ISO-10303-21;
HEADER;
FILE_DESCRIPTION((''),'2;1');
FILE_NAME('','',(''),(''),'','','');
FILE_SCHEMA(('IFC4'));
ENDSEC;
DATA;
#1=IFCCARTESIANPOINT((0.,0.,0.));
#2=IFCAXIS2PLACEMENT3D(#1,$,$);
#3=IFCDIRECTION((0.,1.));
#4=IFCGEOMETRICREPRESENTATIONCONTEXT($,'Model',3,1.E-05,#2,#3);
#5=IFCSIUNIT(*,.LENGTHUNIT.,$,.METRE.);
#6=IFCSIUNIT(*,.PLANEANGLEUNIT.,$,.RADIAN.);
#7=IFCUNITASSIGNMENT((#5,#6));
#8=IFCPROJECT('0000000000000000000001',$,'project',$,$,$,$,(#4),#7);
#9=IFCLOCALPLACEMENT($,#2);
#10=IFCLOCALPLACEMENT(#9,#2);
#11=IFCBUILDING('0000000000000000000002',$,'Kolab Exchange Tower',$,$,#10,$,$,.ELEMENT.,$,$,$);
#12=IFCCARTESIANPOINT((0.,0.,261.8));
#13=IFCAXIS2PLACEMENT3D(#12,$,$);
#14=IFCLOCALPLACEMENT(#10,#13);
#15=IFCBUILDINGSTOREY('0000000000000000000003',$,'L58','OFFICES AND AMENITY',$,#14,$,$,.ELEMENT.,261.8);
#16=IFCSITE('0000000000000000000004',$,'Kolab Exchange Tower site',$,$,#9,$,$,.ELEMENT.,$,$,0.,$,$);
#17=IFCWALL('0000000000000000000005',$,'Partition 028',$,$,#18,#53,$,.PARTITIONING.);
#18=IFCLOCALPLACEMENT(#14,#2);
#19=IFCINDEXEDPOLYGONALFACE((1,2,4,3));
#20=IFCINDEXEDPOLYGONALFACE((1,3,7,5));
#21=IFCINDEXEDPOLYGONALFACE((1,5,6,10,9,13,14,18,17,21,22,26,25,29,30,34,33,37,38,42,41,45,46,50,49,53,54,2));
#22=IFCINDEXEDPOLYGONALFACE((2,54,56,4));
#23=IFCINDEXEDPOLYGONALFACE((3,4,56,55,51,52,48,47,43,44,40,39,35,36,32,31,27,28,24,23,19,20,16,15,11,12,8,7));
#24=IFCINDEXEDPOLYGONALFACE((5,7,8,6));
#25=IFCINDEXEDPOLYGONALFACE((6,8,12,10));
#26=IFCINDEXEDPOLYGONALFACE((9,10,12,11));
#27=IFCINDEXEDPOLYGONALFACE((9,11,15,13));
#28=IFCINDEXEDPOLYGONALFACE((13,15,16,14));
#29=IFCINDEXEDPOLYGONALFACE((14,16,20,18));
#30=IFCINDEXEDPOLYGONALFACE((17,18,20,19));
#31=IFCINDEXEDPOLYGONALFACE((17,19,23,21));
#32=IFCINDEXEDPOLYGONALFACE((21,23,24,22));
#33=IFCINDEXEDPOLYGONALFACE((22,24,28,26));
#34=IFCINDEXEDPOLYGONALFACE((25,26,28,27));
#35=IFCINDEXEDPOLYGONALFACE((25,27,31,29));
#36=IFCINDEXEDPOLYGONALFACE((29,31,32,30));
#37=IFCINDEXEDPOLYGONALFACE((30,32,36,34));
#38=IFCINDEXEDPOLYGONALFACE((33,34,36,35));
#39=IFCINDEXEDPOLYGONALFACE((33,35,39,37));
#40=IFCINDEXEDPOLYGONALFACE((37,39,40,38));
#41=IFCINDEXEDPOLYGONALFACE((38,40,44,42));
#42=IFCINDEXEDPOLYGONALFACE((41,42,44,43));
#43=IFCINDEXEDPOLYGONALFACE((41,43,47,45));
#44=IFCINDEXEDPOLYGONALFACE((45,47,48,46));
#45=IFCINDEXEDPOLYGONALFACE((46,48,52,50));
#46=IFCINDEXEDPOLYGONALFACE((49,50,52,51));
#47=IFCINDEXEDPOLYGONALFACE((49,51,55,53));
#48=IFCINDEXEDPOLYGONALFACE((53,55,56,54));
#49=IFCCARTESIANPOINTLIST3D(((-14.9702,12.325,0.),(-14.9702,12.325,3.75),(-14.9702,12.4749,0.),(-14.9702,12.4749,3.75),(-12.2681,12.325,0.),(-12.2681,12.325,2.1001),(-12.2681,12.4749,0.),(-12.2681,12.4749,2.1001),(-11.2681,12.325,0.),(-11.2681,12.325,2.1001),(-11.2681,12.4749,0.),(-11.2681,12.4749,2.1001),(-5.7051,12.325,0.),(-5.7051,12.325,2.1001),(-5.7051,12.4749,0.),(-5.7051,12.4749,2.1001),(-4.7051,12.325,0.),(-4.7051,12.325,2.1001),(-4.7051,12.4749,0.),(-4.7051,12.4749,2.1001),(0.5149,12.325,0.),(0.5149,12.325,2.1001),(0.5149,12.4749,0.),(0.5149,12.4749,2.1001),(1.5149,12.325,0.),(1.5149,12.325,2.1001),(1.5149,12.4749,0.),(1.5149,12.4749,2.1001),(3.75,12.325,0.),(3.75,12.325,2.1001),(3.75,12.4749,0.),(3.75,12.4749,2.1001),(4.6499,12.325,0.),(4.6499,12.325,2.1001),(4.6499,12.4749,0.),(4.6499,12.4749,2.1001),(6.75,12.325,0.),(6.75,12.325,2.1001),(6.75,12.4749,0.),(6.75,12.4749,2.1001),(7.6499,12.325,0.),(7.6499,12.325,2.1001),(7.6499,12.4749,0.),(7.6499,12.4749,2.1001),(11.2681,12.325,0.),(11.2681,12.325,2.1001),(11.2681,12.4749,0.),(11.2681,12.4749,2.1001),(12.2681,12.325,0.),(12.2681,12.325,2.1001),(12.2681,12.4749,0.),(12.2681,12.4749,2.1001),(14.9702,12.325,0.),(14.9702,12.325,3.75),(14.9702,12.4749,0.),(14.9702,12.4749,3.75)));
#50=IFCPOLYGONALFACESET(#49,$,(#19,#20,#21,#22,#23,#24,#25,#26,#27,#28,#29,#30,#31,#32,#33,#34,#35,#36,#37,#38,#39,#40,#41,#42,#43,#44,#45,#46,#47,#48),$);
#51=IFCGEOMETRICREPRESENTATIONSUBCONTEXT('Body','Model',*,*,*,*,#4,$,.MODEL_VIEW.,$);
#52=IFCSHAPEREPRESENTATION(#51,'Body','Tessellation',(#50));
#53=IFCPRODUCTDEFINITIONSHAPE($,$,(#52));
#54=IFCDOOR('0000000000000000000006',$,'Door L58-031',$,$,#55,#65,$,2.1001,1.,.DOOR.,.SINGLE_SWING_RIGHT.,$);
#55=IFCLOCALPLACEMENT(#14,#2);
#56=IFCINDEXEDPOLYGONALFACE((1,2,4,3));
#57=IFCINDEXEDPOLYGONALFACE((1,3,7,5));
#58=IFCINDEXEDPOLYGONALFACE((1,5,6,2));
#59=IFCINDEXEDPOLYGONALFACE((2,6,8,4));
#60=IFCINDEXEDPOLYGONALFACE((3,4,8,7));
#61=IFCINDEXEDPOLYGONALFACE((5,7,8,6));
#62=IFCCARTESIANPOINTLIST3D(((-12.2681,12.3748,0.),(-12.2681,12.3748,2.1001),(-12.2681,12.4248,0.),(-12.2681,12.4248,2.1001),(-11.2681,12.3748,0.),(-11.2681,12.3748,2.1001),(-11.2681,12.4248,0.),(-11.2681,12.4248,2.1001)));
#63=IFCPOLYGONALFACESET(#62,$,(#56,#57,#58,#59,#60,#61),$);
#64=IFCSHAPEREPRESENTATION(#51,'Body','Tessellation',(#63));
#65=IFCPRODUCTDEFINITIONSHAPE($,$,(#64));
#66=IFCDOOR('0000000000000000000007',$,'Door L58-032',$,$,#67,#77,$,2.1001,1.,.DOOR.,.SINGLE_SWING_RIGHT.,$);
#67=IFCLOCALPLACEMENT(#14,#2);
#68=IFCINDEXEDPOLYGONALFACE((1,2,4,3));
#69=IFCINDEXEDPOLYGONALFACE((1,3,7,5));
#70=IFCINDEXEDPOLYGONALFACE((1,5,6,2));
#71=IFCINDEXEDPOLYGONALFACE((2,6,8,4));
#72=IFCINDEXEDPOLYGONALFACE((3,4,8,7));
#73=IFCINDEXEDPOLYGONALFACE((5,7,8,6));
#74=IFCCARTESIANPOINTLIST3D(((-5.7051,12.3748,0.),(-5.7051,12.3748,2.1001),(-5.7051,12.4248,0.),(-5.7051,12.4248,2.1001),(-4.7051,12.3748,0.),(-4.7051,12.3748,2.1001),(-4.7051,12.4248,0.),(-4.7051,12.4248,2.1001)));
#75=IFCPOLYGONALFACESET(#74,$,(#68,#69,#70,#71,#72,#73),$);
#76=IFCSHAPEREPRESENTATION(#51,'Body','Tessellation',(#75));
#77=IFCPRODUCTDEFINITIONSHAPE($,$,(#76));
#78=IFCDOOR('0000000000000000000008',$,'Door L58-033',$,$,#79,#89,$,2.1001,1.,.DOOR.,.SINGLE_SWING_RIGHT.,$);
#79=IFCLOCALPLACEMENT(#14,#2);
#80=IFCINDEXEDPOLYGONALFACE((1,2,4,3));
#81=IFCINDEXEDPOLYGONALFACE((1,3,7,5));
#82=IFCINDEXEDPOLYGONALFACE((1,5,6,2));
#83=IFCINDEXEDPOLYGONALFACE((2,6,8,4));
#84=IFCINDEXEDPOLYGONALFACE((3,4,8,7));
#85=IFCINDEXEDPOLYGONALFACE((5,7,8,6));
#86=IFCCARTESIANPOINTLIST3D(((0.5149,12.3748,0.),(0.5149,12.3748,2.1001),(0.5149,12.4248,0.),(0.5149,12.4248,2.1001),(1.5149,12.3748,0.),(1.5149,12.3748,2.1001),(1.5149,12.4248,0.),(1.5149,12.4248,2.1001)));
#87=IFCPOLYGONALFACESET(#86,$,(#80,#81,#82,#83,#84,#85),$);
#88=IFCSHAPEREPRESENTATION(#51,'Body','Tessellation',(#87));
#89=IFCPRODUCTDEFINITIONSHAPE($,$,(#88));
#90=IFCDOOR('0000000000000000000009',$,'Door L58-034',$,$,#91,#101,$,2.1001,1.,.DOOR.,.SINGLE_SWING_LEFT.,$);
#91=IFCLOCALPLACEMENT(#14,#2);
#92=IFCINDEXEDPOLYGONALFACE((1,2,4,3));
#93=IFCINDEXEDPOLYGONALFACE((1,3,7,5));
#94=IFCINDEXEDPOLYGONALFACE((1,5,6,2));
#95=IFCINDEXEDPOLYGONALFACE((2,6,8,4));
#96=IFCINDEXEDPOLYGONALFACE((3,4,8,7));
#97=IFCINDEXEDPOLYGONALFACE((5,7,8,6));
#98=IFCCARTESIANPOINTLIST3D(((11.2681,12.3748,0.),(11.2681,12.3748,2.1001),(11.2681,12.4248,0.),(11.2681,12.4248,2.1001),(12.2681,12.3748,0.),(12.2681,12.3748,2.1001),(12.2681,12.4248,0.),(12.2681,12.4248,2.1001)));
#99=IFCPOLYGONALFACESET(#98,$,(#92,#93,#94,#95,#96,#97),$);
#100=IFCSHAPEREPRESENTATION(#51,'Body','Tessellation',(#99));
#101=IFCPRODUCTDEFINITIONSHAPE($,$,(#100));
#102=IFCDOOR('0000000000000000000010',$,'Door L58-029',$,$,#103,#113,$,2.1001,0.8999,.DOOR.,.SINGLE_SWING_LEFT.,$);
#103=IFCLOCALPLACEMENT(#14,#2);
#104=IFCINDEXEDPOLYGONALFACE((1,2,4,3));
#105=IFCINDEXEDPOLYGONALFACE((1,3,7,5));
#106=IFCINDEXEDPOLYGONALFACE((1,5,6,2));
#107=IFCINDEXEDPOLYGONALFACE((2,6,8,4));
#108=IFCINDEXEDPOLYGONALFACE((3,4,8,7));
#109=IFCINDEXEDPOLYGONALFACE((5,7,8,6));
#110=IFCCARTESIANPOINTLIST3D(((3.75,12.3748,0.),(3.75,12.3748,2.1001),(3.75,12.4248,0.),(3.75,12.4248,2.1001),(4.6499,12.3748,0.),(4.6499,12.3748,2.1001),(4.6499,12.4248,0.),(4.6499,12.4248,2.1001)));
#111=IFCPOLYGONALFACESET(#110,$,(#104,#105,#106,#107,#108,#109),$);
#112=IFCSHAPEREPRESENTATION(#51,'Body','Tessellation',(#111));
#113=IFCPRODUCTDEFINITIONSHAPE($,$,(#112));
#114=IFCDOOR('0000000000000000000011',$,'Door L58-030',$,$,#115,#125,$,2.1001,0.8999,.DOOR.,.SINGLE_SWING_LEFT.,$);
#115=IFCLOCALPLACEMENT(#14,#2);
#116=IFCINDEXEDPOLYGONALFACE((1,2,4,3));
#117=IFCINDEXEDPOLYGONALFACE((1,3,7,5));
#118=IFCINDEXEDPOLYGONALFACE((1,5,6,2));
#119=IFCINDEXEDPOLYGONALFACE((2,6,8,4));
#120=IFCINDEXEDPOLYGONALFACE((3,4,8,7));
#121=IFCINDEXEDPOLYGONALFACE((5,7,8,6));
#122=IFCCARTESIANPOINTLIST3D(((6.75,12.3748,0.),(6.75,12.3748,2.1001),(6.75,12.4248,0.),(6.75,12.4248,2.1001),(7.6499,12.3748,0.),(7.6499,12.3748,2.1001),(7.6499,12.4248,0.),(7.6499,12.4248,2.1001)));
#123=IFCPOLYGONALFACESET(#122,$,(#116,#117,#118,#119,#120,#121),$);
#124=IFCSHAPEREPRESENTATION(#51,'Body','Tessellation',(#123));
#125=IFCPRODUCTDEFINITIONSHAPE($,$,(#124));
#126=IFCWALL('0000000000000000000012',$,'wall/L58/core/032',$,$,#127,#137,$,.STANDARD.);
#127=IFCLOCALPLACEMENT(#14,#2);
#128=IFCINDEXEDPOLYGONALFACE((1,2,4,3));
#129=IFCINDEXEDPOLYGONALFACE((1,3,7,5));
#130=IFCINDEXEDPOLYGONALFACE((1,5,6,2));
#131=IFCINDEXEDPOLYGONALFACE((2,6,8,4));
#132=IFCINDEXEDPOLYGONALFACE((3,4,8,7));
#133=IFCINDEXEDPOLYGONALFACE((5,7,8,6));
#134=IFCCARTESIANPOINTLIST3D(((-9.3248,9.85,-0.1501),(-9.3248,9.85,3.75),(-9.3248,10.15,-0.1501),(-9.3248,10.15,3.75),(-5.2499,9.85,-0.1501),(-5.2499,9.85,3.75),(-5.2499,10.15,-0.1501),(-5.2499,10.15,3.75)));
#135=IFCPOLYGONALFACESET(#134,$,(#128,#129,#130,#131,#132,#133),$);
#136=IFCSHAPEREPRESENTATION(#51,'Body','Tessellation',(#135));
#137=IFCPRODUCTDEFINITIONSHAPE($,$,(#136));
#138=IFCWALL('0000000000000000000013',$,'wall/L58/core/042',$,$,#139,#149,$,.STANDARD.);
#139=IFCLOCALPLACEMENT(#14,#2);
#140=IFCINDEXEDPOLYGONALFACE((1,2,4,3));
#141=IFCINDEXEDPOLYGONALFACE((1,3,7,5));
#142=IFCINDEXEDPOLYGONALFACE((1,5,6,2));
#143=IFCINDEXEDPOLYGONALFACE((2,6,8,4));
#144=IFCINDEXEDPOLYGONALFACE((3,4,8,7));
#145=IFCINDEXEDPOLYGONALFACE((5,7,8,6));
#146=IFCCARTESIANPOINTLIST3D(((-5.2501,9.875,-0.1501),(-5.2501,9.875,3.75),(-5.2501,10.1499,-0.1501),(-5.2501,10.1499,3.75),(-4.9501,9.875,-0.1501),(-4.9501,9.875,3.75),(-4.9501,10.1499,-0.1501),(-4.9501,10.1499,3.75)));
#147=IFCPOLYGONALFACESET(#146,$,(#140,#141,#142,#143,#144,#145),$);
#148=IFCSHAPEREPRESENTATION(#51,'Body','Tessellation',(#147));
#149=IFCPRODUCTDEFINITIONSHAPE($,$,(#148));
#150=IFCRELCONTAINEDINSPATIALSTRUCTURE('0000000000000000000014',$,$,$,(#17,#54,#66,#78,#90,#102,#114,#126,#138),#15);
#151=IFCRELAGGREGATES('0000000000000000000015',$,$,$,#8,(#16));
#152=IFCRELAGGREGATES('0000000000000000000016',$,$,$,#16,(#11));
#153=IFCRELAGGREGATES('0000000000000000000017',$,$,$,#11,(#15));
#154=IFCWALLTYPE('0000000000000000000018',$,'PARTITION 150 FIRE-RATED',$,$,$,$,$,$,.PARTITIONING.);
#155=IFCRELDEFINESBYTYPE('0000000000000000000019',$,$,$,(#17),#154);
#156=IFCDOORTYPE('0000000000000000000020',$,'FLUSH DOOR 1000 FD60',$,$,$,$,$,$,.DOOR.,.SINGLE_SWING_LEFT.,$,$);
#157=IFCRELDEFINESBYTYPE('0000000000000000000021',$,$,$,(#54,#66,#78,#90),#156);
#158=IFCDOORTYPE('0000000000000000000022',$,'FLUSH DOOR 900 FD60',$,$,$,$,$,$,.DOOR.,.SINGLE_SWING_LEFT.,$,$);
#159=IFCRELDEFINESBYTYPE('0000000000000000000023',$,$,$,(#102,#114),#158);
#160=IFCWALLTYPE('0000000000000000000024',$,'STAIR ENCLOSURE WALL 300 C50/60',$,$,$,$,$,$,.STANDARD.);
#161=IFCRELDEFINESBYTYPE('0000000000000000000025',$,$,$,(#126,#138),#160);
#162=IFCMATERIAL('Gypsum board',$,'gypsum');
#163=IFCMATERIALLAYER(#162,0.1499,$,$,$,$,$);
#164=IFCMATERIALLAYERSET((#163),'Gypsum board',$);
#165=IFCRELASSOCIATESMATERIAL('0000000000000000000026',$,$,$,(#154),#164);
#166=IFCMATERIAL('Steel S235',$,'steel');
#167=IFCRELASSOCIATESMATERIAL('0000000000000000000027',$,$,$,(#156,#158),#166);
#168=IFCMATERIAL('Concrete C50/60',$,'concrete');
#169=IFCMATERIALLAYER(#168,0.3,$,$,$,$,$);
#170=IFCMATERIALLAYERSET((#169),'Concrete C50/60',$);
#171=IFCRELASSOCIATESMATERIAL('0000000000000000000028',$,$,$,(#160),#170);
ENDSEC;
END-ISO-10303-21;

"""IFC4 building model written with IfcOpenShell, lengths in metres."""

from ifc_helpers import new_model, si_unit, direction, frame, frame_2d, origin, place, context, subcontext, project, spatial, rectangle, extrude, material, layer, layer_set, type_object, element, fill, save


model = new_model("IFC4")

# Units and contexts
model_context = context("Model", 3, precision=1e-05, world=origin(), true_north=direction((0.0, 1.0)))
body_context = subcontext(model_context, "Body", "Model", "MODEL_VIEW")
ifc_project = project(units=[si_unit("LENGTHUNIT", "METRE"), si_unit("PLANEANGLEUNIT", "RADIAN")], contexts=[model_context])

# Site, building, storey
site_placement = place(None, origin())
site = spatial("IfcSite", under=ifc_project, at=site_placement, Name="Kolab Exchange Tower site", CompositionType="ELEMENT", RefElevation=0.0)
building_placement = place(site_placement, origin())
building = spatial("IfcBuilding", under=site, at=building_placement, Name="Kolab Exchange Tower", CompositionType="ELEMENT")
storey_placement = place(building_placement, frame((0.0, 0.0, 261.8)))
storey = spatial("IfcBuildingStorey", under=building, at=storey_placement, Name="L58", Description="OFFICES AND AMENITY", CompositionType="ELEMENT", Elevation=261.8)

# Shared definitions
ifc_material_1 = material(Name="Concrete C50/60", Category="concrete")

# Shared definitions
ifc_material_2 = material(Name="Gypsum board", Category="gypsum")
ifc_layer_1 = layer(ifc_material_2, 0.1499)
ifc_layer_set_1 = layer_set([ifc_layer_1], Name="Gypsum board")
wall_type_1 = type_object("IfcWallType", Name="PARTITION 150 FIRE-RATED", PredefinedType="PARTITIONING", material=ifc_layer_set_1)

# Wall, openings, doors
wall_1_placement = place(storey_placement, frame((-14.9702, 12.3999, 0.0), z_axis=(0.0, 0.0, 1.0), x_axis=(1.0, 0.0, 0.0)))
wall_1 = element("IfcWall", 1, at=wall_1_placement, inside=storey, type_object=wall_type_1, Name="Partition 028", PredefinedType="PARTITIONING", context=body_context, shape_type="SweptSolid", body=[
    extrude(rectangle(XDim=29.9404, YDim=0.1499, at=frame_2d((14.9702, 0.0))), origin(), (0.0, 0.0, 1.0), 3.75),
])
opening_1_placement = place(wall_1_placement, frame((18.7202, 0.0, 0.0)))
opening_1 = element("IfcOpeningElement", 2, at=opening_1_placement, cuts=wall_1, PredefinedType="OPENING", context=body_context, shape_type="SweptSolid", body=[
    extrude(rectangle(XDim=0.8999, YDim=2.1001, at=frame_2d((0.45, 1.05))), frame((0.0, 0.085, 0.0), z_axis=(0.0, -1.0, 0.0), x_axis=(1.0, 0.0, 0.0)), (0.0, 0.0, 1.0), 0.1699),
])
opening_2_placement = place(wall_1_placement, frame((21.7202, 0.0, 0.0)))
opening_2 = element("IfcOpeningElement", 3, at=opening_2_placement, cuts=wall_1, PredefinedType="OPENING", context=body_context, shape_type="SweptSolid", body=[
    extrude(rectangle(XDim=0.8999, YDim=2.1001, at=frame_2d((0.45, 1.05))), frame((0.0, 0.085, 0.0), z_axis=(0.0, -1.0, 0.0), x_axis=(1.0, 0.0, 0.0)), (0.0, 0.0, 1.0), 0.1699),
])
opening_3_placement = place(wall_1_placement, frame((2.7021, 0.0, 0.0)))
opening_3 = element("IfcOpeningElement", 4, at=opening_3_placement, cuts=wall_1, PredefinedType="OPENING", context=body_context, shape_type="SweptSolid", body=[
    extrude(rectangle(XDim=1.0, YDim=2.1001, at=frame_2d((0.5, 1.05))), frame((0.0, 0.085, 0.0), z_axis=(0.0, -1.0, 0.0), x_axis=(1.0, 0.0, 0.0)), (0.0, 0.0, 1.0), 0.1699),
])
opening_4_placement = place(wall_1_placement, frame((9.2651, 0.0, 0.0)))
opening_4 = element("IfcOpeningElement", 5, at=opening_4_placement, cuts=wall_1, PredefinedType="OPENING", context=body_context, shape_type="SweptSolid", body=[
    extrude(rectangle(XDim=1.0, YDim=2.1001, at=frame_2d((0.5, 1.05))), frame((0.0, 0.085, 0.0), z_axis=(0.0, -1.0, 0.0), x_axis=(1.0, 0.0, 0.0)), (0.0, 0.0, 1.0), 0.1699),
])
opening_5_placement = place(wall_1_placement, frame((15.4851, 0.0, 0.0)))
opening_5 = element("IfcOpeningElement", 6, at=opening_5_placement, cuts=wall_1, PredefinedType="OPENING", context=body_context, shape_type="SweptSolid", body=[
    extrude(rectangle(XDim=1.0, YDim=2.1001, at=frame_2d((0.5, 1.05))), frame((0.0, 0.085, 0.0), z_axis=(0.0, -1.0, 0.0), x_axis=(1.0, 0.0, 0.0)), (0.0, 0.0, 1.0), 0.1699),
])
opening_6_placement = place(wall_1_placement, frame((26.2383, 0.0, 0.0)))
opening_6 = element("IfcOpeningElement", 7, at=opening_6_placement, cuts=wall_1, PredefinedType="OPENING", context=body_context, shape_type="SweptSolid", body=[
    extrude(rectangle(XDim=1.0, YDim=2.1001, at=frame_2d((0.5, 1.05))), frame((0.0, 0.085, 0.0), z_axis=(0.0, -1.0, 0.0), x_axis=(1.0, 0.0, 0.0)), (0.0, 0.0, 1.0), 0.1699),
])
ifc_material_3 = material(Name="Steel S235", Category="steel")
door_type_1 = type_object("IfcDoorType", Name="FLUSH DOOR 1000 FD60", OperationType="SINGLE_SWING_LEFT", PredefinedType="DOOR", material=ifc_material_3)
door_1_placement = place(opening_3_placement, origin())
door_1 = element("IfcDoor", 8, at=door_1_placement, inside=storey, type_object=door_type_1, Name="Door L58-031", OperationType="SINGLE_SWING_RIGHT", OverallHeight=2.1001, OverallWidth=1.0, PredefinedType="DOOR", context=body_context, shape_type="SweptSolid", body=[
    extrude(rectangle(XDim=1.0, YDim=2.1001, at=frame_2d((0.5, 1.05))), frame((0.0, 0.0249, 0.0), z_axis=(0.0, -1.0, 0.0), x_axis=(1.0, 0.0, 0.0)), (0.0, 0.0, 1.0), 0.05),
])
fill(opening_3, door_1)
door_2_placement = place(opening_4_placement, origin())
door_2 = element("IfcDoor", 9, at=door_2_placement, inside=storey, type_object=door_type_1, Name="Door L58-032", OperationType="SINGLE_SWING_RIGHT", OverallHeight=2.1001, OverallWidth=1.0, PredefinedType="DOOR", context=body_context, shape_type="SweptSolid", body=[
    extrude(rectangle(XDim=1.0, YDim=2.1001, at=frame_2d((0.5, 1.05))), frame((0.0, 0.0249, 0.0), z_axis=(0.0, -1.0, 0.0), x_axis=(1.0, 0.0, 0.0)), (0.0, 0.0, 1.0), 0.05),
])
fill(opening_4, door_2)
door_3_placement = place(opening_5_placement, origin())
door_3 = element("IfcDoor", 10, at=door_3_placement, inside=storey, type_object=door_type_1, Name="Door L58-033", OperationType="SINGLE_SWING_RIGHT", OverallHeight=2.1001, OverallWidth=1.0, PredefinedType="DOOR", context=body_context, shape_type="SweptSolid", body=[
    extrude(rectangle(XDim=1.0, YDim=2.1001, at=frame_2d((0.5, 1.05))), frame((0.0, 0.0249, 0.0), z_axis=(0.0, -1.0, 0.0), x_axis=(1.0, 0.0, 0.0)), (0.0, 0.0, 1.0), 0.05),
])
fill(opening_5, door_3)
door_4_placement = place(opening_6_placement, origin())
door_4 = element("IfcDoor", 11, at=door_4_placement, inside=storey, type_object=door_type_1, Name="Door L58-034", OperationType="SINGLE_SWING_LEFT", OverallHeight=2.1001, OverallWidth=1.0, PredefinedType="DOOR", context=body_context, shape_type="SweptSolid", body=[
    extrude(rectangle(XDim=1.0, YDim=2.1001, at=frame_2d((0.5, 1.05))), frame((0.0, 0.0249, 0.0), z_axis=(0.0, -1.0, 0.0), x_axis=(1.0, 0.0, 0.0)), (0.0, 0.0, 1.0), 0.05),
])
fill(opening_6, door_4)
door_type_2 = type_object("IfcDoorType", Name="FLUSH DOOR 900 FD60", OperationType="SINGLE_SWING_LEFT", PredefinedType="DOOR", material=ifc_material_3)
door_5_placement = place(opening_1_placement, origin())
door_5 = element("IfcDoor", 12, at=door_5_placement, inside=storey, type_object=door_type_2, Name="Door L58-029", OperationType="SINGLE_SWING_LEFT", OverallHeight=2.1001, OverallWidth=0.8999, PredefinedType="DOOR", context=body_context, shape_type="SweptSolid", body=[
    extrude(rectangle(XDim=0.8999, YDim=2.1001, at=frame_2d((0.45, 1.05))), frame((0.0, 0.0249, 0.0), z_axis=(0.0, -1.0, 0.0), x_axis=(1.0, 0.0, 0.0)), (0.0, 0.0, 1.0), 0.05),
])
fill(opening_1, door_5)
door_6_placement = place(opening_2_placement, origin())
door_6 = element("IfcDoor", 13, at=door_6_placement, inside=storey, type_object=door_type_2, Name="Door L58-030", OperationType="SINGLE_SWING_LEFT", OverallHeight=2.1001, OverallWidth=0.8999, PredefinedType="DOOR", context=body_context, shape_type="SweptSolid", body=[
    extrude(rectangle(XDim=0.8999, YDim=2.1001, at=frame_2d((0.45, 1.05))), frame((0.0, 0.0249, 0.0), z_axis=(0.0, -1.0, 0.0), x_axis=(1.0, 0.0, 0.0)), (0.0, 0.0, 1.0), 0.05),
])
fill(opening_2, door_6)

# Walls
ifc_layer_2 = layer(ifc_material_1, 0.3)
ifc_layer_set_2 = layer_set([ifc_layer_2], Name="Concrete C50/60")
wall_type_2 = type_object("IfcWallType", Name="STAIR ENCLOSURE WALL 300 C50/60", PredefinedType="STANDARD", material=ifc_layer_set_2)
wall_2_placement = place(storey_placement, frame((-9.325, 10.0, -0.1501), z_axis=(0.0, 0.0, 1.0), x_axis=(1.0, 0.0, 0.0)))
element("IfcWall", 14, at=wall_2_placement, inside=storey, type_object=wall_type_2, Name="wall/L58/core/032", PredefinedType="STANDARD", context=body_context, shape_type="SweptSolid", body=[
    extrude(rectangle(XDim=4.075, YDim=0.3, at=frame_2d((2.0376, 0.0))), origin(), (0.0, 0.0, 1.0), 3.9001),
])
wall_3_placement = place(storey_placement, frame((-5.1001, 9.875, -0.1501), z_axis=(0.0, 0.0, 1.0), x_axis=(0.0, 1.0, 0.0)))
element("IfcWall", 15, at=wall_3_placement, inside=storey, type_object=wall_type_2, Name="wall/L58/core/042", PredefinedType="STANDARD", context=body_context, shape_type="SweptSolid", body=[
    extrude(rectangle(XDim=0.2749, YDim=0.3, at=frame_2d((0.1375, 0.0))), origin(), (0.0, 0.0, 1.0), 3.9001),
])

save(model, "model.ifc")
